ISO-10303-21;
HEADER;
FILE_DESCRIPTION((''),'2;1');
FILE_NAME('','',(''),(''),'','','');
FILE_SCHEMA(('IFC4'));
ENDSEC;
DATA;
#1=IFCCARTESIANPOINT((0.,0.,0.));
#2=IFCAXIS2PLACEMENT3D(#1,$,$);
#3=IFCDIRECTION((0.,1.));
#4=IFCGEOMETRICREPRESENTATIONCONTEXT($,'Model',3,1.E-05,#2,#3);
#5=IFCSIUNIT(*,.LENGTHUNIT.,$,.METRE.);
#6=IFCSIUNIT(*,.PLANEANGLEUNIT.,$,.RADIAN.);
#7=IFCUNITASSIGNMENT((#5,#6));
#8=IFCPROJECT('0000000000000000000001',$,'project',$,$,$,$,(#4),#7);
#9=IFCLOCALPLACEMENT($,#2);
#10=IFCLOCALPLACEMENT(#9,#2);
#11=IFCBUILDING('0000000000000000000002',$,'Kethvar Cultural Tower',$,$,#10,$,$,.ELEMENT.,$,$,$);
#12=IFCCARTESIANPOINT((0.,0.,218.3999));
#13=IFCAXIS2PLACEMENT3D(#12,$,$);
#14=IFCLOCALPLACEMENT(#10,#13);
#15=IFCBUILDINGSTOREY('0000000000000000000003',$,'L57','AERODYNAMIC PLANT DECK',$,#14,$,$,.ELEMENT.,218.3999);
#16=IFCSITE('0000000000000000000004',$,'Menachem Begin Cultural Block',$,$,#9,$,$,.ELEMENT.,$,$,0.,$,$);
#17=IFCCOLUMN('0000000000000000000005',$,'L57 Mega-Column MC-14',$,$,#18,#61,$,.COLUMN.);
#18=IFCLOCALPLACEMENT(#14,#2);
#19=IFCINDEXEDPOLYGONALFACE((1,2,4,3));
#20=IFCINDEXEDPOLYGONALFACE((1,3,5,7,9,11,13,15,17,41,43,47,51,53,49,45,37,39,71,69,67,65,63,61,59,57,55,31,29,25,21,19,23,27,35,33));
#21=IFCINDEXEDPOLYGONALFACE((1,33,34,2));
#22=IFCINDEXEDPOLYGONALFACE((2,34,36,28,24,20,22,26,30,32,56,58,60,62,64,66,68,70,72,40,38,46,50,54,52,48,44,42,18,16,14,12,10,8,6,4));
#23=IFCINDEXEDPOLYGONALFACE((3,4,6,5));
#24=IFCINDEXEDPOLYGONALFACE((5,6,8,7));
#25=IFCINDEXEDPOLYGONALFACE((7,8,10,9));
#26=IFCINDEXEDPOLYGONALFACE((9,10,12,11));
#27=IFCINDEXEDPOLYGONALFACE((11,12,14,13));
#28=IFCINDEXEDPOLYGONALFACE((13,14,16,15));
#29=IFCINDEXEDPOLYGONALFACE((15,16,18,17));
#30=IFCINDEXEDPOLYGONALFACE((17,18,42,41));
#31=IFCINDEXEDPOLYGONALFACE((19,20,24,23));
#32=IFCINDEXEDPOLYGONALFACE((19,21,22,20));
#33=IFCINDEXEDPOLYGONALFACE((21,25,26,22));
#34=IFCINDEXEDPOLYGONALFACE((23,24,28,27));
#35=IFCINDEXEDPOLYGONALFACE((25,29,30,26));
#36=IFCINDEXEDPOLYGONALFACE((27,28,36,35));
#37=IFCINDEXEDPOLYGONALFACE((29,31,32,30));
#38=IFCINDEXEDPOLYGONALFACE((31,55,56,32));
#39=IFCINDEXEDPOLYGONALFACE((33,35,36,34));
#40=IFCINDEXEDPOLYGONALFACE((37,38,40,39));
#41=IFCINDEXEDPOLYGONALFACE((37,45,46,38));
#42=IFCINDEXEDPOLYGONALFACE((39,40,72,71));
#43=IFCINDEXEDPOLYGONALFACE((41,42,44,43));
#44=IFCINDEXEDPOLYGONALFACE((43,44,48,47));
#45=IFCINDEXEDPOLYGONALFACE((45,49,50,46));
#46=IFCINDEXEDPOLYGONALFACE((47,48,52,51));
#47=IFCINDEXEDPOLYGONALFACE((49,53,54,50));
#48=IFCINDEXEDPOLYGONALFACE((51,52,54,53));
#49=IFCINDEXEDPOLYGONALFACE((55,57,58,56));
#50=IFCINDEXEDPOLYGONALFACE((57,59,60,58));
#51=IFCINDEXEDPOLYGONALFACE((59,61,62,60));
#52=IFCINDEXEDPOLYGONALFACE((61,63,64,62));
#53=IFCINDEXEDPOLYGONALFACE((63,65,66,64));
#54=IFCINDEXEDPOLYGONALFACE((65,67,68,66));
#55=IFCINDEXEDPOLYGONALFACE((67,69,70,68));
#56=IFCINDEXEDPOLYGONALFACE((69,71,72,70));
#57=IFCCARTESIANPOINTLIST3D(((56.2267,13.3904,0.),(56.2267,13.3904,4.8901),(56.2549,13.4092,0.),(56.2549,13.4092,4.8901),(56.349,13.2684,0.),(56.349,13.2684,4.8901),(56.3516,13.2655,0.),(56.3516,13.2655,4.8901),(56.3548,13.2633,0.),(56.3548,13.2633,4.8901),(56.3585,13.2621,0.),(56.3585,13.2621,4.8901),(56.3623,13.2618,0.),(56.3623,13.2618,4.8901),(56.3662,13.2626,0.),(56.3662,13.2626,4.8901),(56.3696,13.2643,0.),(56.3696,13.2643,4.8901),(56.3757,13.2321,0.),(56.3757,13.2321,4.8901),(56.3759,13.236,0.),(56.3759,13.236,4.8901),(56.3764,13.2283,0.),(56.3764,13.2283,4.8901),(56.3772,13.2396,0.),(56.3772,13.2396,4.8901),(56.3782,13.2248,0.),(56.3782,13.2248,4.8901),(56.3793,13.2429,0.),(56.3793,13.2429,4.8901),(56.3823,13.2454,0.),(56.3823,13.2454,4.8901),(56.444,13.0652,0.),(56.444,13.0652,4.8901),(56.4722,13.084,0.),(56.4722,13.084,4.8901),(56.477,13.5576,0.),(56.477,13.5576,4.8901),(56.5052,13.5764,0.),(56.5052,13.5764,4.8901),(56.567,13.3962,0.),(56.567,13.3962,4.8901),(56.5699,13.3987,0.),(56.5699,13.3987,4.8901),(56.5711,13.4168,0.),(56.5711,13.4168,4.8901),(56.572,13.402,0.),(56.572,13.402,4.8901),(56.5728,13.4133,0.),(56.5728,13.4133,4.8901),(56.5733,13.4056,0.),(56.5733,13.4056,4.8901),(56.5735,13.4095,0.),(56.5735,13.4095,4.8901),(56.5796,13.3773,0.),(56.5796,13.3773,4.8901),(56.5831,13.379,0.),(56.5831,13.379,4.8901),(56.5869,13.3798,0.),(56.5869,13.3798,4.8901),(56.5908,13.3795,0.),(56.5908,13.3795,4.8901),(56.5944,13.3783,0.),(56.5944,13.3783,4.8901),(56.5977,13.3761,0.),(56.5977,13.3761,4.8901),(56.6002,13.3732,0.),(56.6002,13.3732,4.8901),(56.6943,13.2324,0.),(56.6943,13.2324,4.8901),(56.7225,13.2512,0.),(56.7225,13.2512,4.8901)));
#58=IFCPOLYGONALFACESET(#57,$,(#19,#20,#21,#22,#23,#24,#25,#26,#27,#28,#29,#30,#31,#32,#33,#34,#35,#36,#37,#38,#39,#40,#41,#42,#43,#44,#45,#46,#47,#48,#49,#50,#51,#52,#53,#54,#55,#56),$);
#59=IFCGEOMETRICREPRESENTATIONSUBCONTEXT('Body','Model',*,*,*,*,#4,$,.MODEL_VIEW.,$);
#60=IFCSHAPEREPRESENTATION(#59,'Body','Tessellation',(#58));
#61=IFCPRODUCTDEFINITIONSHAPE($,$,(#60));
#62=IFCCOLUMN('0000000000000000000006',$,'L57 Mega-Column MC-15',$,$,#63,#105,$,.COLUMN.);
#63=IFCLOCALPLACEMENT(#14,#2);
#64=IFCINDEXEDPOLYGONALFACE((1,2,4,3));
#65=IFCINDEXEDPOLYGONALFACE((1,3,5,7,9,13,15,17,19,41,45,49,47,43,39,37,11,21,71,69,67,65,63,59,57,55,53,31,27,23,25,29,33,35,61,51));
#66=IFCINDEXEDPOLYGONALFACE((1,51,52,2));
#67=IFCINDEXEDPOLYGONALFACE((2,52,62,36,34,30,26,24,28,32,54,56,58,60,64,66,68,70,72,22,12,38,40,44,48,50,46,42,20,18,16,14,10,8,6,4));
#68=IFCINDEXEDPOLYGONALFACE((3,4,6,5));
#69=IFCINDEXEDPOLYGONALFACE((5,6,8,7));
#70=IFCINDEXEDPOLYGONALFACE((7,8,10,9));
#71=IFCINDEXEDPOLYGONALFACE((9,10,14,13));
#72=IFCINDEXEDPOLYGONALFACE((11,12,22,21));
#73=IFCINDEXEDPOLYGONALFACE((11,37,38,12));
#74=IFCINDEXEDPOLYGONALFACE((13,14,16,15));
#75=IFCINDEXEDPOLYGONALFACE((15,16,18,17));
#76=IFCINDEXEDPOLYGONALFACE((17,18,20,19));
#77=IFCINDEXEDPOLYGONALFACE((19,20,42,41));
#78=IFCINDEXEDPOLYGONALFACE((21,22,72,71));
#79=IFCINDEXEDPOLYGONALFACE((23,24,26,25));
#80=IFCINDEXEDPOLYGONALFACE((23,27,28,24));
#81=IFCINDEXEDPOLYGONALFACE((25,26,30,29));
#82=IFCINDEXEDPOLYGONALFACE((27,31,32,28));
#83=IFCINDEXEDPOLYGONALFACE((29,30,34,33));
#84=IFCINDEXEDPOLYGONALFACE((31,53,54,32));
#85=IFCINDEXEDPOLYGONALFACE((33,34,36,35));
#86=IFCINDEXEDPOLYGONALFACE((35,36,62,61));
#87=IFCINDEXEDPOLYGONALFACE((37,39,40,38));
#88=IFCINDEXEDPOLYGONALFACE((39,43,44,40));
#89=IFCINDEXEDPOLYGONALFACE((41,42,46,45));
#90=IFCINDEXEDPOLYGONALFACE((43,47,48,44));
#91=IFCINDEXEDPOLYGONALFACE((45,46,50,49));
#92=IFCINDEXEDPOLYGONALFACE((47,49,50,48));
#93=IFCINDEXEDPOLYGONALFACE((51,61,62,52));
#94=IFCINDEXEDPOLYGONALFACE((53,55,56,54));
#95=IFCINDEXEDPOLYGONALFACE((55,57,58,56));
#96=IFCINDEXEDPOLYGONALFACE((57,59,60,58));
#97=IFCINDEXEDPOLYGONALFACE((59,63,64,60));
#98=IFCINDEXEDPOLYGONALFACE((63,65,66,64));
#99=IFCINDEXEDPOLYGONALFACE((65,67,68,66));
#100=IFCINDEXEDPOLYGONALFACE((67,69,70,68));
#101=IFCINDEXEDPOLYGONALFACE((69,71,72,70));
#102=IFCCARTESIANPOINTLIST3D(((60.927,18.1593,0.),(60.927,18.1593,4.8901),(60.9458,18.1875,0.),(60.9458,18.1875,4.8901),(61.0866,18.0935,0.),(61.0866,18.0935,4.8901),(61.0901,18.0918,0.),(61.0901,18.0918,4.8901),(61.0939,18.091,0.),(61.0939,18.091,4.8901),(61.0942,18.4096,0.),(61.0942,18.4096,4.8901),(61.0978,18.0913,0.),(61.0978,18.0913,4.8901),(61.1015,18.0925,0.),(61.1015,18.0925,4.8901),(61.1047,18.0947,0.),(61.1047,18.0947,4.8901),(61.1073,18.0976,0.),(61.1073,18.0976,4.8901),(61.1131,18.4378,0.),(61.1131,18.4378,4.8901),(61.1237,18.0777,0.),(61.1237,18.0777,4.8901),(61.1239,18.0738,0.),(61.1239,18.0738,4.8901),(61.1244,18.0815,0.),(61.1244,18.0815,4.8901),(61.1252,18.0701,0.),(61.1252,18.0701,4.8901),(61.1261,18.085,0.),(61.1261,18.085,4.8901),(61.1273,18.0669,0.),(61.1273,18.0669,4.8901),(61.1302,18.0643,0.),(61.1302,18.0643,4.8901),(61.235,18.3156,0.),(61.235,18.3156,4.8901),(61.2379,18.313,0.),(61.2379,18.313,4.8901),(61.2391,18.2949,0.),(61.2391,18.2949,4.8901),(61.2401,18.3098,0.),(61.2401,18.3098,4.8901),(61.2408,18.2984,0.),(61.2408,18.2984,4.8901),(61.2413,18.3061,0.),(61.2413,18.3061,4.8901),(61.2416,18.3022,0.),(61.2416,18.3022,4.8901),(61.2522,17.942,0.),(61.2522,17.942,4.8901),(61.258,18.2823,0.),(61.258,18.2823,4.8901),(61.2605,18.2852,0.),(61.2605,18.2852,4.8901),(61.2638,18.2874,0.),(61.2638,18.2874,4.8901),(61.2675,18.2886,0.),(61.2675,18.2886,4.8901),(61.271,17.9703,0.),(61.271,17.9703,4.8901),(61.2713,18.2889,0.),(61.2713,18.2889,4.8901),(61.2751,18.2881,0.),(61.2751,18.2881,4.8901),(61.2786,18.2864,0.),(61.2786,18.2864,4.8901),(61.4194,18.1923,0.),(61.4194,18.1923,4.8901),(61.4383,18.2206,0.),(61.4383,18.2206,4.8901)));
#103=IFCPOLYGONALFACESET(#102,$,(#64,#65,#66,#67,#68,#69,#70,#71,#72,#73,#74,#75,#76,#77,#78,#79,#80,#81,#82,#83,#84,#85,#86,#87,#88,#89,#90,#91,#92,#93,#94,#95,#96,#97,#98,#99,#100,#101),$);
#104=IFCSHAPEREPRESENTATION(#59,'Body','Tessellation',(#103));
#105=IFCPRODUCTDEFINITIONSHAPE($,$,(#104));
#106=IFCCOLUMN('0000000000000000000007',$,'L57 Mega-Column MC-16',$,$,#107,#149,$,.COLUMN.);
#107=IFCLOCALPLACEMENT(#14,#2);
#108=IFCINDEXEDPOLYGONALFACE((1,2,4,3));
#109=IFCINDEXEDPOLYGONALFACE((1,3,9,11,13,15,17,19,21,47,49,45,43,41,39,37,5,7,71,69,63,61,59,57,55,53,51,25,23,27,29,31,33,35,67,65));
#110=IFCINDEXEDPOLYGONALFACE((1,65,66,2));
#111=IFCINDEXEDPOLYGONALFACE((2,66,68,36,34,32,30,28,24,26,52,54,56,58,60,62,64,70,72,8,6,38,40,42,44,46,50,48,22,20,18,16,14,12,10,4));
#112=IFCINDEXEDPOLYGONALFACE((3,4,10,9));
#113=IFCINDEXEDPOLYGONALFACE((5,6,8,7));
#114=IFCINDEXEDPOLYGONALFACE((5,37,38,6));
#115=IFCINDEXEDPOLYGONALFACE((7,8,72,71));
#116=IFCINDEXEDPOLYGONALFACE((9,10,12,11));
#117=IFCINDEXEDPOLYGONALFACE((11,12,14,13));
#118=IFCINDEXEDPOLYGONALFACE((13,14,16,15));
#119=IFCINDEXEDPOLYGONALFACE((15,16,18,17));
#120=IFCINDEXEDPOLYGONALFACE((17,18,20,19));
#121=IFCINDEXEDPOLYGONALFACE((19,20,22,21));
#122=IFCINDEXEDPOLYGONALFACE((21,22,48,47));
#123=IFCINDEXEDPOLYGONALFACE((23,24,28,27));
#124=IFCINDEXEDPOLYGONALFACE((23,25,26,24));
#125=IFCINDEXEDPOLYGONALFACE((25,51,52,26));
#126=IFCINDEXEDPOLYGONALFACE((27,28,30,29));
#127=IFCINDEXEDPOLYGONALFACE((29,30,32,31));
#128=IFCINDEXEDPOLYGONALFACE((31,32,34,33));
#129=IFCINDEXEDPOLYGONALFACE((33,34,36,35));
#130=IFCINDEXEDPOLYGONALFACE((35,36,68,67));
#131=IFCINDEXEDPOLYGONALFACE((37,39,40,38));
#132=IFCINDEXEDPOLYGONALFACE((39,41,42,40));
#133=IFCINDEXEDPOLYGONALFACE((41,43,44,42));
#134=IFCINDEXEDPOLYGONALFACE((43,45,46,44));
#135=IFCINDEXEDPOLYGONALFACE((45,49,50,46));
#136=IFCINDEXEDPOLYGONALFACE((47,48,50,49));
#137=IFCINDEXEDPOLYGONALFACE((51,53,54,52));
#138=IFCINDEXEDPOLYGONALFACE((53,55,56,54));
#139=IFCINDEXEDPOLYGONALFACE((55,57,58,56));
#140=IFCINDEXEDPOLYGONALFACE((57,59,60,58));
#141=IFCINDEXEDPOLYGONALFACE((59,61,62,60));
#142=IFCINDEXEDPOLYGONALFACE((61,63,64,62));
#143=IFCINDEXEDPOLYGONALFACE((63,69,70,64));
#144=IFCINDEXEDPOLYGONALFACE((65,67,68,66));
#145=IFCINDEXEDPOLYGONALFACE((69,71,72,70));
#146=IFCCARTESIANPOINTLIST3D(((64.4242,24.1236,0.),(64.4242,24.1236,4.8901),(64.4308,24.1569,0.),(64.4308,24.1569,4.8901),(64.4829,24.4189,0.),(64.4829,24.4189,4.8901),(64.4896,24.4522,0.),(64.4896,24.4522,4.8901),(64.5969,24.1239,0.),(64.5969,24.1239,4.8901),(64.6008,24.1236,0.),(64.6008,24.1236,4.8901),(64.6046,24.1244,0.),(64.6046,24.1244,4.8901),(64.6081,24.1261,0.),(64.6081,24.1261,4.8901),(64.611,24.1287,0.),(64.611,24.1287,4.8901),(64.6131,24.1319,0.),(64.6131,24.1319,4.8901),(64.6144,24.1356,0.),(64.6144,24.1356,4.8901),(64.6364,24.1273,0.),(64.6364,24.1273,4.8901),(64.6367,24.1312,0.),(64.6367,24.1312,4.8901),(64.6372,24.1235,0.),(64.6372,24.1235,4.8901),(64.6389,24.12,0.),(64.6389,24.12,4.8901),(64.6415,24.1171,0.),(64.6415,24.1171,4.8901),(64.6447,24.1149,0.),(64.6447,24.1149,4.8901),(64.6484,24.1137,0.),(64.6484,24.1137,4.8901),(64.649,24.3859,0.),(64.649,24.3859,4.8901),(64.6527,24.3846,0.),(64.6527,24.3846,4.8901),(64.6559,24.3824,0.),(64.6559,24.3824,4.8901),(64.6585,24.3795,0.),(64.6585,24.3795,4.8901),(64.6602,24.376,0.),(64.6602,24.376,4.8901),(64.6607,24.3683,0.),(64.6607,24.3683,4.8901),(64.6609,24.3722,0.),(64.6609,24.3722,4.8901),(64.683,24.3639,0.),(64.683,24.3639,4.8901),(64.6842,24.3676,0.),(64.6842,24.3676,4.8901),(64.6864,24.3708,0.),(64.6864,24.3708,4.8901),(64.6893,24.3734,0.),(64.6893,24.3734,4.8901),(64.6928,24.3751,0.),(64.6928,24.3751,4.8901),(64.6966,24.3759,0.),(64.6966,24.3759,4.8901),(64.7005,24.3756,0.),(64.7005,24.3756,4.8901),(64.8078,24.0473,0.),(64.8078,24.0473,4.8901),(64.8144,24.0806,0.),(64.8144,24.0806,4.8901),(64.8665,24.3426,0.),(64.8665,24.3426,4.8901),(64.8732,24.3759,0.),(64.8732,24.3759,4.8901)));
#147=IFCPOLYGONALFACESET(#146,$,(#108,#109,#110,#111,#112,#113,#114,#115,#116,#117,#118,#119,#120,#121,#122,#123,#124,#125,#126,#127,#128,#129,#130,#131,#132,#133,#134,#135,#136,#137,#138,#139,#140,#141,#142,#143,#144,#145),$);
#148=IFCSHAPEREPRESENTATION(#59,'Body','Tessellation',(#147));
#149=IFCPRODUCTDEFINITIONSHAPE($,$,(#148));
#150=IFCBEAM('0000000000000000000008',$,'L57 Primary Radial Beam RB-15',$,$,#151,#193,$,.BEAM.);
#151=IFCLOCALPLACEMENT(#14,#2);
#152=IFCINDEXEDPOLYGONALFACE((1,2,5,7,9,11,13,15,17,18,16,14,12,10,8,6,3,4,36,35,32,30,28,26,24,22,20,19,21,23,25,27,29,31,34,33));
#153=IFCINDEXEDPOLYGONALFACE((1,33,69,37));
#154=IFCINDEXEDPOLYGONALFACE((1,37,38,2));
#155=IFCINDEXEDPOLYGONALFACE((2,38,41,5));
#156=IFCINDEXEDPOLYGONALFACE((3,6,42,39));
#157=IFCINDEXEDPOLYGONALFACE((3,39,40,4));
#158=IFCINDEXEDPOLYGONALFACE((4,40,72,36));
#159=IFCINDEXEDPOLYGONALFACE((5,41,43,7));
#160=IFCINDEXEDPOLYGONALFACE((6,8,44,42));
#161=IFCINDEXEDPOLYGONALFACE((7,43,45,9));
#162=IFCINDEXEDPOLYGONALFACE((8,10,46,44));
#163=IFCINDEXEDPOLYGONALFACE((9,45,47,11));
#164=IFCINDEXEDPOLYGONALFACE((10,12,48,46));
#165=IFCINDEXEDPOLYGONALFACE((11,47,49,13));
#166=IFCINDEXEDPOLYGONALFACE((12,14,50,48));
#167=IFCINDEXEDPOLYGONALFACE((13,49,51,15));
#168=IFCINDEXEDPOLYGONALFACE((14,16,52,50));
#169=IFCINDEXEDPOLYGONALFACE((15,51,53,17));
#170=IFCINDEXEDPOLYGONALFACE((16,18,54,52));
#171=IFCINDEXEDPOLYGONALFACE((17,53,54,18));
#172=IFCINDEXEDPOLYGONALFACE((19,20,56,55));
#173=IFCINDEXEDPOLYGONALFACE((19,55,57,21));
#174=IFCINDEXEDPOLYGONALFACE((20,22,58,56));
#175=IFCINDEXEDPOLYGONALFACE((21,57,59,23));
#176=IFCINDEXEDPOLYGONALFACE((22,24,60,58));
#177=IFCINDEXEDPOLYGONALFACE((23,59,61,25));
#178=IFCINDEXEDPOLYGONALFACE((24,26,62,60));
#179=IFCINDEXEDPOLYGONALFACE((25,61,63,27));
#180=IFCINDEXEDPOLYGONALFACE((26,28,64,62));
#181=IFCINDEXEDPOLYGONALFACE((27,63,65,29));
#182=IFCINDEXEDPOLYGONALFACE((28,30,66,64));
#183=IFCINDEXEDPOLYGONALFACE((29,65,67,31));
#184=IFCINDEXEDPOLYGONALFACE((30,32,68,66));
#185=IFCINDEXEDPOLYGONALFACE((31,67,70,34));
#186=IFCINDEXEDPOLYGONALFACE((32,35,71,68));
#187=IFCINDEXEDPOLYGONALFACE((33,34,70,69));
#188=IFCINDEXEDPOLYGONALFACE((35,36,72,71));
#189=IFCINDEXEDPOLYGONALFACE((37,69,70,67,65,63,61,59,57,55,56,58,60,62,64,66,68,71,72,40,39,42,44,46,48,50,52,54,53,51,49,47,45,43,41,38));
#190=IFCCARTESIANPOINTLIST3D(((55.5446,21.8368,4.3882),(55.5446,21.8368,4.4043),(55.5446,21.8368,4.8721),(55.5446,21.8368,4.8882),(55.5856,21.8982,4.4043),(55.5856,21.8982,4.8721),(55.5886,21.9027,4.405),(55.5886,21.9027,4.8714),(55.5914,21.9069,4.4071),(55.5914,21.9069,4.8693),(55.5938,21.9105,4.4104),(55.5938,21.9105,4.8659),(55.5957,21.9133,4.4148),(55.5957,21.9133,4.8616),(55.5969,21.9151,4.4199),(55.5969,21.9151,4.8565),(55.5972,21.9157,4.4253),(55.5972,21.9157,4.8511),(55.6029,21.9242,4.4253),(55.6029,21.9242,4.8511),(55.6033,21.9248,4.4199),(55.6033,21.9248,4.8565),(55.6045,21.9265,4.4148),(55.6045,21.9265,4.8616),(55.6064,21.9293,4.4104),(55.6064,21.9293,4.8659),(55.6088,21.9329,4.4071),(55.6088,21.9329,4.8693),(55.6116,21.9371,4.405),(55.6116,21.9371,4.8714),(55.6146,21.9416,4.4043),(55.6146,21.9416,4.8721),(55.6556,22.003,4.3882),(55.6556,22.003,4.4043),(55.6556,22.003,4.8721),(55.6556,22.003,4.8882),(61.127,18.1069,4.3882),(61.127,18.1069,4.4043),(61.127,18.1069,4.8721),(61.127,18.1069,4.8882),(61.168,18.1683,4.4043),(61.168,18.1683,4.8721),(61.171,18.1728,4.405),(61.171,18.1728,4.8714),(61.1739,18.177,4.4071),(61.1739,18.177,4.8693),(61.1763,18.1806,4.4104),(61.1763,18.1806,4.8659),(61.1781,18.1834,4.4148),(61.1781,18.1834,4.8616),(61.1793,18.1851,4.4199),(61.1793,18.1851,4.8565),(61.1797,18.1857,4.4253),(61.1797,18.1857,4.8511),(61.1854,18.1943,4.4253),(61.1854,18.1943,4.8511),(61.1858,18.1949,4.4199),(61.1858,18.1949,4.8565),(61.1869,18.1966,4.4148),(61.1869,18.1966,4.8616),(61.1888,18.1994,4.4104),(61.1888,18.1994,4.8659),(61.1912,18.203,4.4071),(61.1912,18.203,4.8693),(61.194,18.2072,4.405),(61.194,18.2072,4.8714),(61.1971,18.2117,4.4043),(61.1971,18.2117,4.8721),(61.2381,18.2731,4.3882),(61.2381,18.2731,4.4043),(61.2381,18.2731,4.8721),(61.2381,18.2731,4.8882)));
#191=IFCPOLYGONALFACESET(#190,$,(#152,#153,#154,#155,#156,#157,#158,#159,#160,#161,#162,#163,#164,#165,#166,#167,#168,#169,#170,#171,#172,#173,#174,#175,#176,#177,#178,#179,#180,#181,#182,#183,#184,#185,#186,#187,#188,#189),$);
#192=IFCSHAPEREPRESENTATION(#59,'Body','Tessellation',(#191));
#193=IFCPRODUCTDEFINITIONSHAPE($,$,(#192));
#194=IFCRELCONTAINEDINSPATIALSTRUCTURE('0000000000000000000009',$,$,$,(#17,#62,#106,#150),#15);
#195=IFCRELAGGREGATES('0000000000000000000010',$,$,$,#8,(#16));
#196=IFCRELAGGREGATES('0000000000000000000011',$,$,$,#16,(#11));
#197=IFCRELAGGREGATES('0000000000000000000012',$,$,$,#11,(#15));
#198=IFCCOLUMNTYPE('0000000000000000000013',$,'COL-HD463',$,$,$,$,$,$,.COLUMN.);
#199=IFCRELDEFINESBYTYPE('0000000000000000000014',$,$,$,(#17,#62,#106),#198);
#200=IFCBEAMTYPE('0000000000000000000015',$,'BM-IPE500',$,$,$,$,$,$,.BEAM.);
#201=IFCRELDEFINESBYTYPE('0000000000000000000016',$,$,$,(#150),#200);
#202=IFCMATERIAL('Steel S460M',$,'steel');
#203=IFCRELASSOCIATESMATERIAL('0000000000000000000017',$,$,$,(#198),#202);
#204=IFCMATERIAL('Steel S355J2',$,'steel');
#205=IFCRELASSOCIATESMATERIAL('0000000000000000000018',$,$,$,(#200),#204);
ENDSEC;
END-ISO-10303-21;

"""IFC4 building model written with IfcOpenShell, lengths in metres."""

from ifc_helpers import new_model, si_unit, direction, frame, origin, origin_2d, place, context, subcontext, project, spatial, i_section, extrude, source, transform, mapped, material, material_profile, profile_set, type_object, element, save


model = new_model("IFC4")

# Units and contexts
model_context = context("Model", 3, precision=1e-05, world=origin(), true_north=direction((0.0, 1.0)))
body_context = subcontext(model_context, "Body", "Model", "MODEL_VIEW")
ifc_project = project(units=[si_unit("LENGTHUNIT", "METRE"), si_unit("PLANEANGLEUNIT", "RADIAN")], contexts=[model_context])

# Site, building, storey
site_placement = place(None, origin())
site = spatial("IfcSite", under=ifc_project, at=site_placement, Name="Menachem Begin Cultural Block", CompositionType="ELEMENT", RefElevation=0.0)
building_placement = place(site_placement, origin())
building = spatial("IfcBuilding", under=site, at=building_placement, Name="Kethvar Cultural Tower", CompositionType="ELEMENT")
storey_placement = place(building_placement, frame((0.0, 0.0, 218.3999)))
storey = spatial("IfcBuildingStorey", under=building, at=storey_placement, Name="L57", Description="AERODYNAMIC PLANT DECK", CompositionType="ELEMENT", Elevation=218.3999)

# Columns
ifc_material_1 = material(Name="Steel S460M", Category="steel")
ifc_material_profile_1 = material_profile(ifc_material_1, i_section(OverallWidth=0.3911, OverallDepth=0.335, WebThickness=0.0227, FlangeThickness=0.0339, FilletRadius=0.0149, at=origin_2d()), Name="Steel S460M — HD400x463")
ifc_profile_set_1 = profile_set([ifc_material_profile_1], Name="Steel S460M — HD400x463")
column_type = type_object("IfcColumnType", Name="COL-HD463", PredefinedType="COLUMN", material=ifc_profile_set_1)
shared_shape_1 = source(origin(), body_context, "Body", "SweptSolid", [
    extrude(i_section(OverallWidth=0.3911, OverallDepth=0.335, WebThickness=0.0227, FlangeThickness=0.0339, FilletRadius=0.0149, at=origin_2d()), origin(), (0.0, 0.0, 1.0), 4.8901),
])
for number, where, z_axis, x_axis, name in (
    (1, (56.4746, 13.3208, 0.0), (0.0, 0.0, 1.0), (0.55557, -0.83147, 0.0), "L57 Mega-Column MC-14"),
    (2, (61.1826, 18.1899, 0.0), (0.0, 0.0, 1.0), (0.83147, -0.55557, 0.0), "L57 Mega-Column MC-15"),
    (3, (64.6487, 24.2498, 0.0), (0.0, 0.0, 1.0), (0.980785, -0.19509, 0.0), "L57 Mega-Column MC-16"),
):
    element("IfcColumn", number, at=place(storey_placement, frame(where, z_axis=z_axis, x_axis=x_axis)), inside=storey, type_object=column_type, Name=name, PredefinedType="COLUMN", context=body_context, shape_type="MappedRepresentation", body=[
        mapped(shared_shape_1, transform((0.0, 0.0, 0.0), scale=1.0)),
    ])

# Beam
ifc_material_2 = material(Name="Steel S355J2", Category="steel")
ifc_material_profile_2 = material_profile(ifc_material_2, i_section(OverallWidth=0.2, OverallDepth=0.5, WebThickness=0.0103, FlangeThickness=0.0161, FilletRadius=0.021, at=origin_2d()), Name="Steel S355J2 — IPE500")
ifc_profile_set_2 = profile_set([ifc_material_profile_2], Name="Steel S355J2 — IPE500")
beam_type_1 = type_object("IfcBeamType", Name="BM-IPE500", PredefinedType="BEAM", material=ifc_profile_set_2)
shared_shape_2 = source(origin(), body_context, "Body", "SweptSolid", [
    extrude(i_section(OverallWidth=0.2, OverallDepth=0.5, WebThickness=0.0103, FlangeThickness=0.0161, FilletRadius=0.021, at=origin_2d()), origin(), (0.0, 0.0, 1.0), 6.7139),
])
beam_1_placement = place(storey_placement, frame((55.6001, 21.9199, 4.6382), z_axis=(0.831479, -0.555556, 0.0), x_axis=(0.555556, 0.831479, 0.0)))
element("IfcBeam", 4, at=beam_1_placement, inside=storey, type_object=beam_type_1, Name="L57 Primary Radial Beam RB-15", PredefinedType="BEAM", context=body_context, shape_type="MappedRepresentation", body=[
    mapped(shared_shape_2, transform((0.0, 0.0, 0.0), scale=1.0)),
])

save(model, "model.ifc")
